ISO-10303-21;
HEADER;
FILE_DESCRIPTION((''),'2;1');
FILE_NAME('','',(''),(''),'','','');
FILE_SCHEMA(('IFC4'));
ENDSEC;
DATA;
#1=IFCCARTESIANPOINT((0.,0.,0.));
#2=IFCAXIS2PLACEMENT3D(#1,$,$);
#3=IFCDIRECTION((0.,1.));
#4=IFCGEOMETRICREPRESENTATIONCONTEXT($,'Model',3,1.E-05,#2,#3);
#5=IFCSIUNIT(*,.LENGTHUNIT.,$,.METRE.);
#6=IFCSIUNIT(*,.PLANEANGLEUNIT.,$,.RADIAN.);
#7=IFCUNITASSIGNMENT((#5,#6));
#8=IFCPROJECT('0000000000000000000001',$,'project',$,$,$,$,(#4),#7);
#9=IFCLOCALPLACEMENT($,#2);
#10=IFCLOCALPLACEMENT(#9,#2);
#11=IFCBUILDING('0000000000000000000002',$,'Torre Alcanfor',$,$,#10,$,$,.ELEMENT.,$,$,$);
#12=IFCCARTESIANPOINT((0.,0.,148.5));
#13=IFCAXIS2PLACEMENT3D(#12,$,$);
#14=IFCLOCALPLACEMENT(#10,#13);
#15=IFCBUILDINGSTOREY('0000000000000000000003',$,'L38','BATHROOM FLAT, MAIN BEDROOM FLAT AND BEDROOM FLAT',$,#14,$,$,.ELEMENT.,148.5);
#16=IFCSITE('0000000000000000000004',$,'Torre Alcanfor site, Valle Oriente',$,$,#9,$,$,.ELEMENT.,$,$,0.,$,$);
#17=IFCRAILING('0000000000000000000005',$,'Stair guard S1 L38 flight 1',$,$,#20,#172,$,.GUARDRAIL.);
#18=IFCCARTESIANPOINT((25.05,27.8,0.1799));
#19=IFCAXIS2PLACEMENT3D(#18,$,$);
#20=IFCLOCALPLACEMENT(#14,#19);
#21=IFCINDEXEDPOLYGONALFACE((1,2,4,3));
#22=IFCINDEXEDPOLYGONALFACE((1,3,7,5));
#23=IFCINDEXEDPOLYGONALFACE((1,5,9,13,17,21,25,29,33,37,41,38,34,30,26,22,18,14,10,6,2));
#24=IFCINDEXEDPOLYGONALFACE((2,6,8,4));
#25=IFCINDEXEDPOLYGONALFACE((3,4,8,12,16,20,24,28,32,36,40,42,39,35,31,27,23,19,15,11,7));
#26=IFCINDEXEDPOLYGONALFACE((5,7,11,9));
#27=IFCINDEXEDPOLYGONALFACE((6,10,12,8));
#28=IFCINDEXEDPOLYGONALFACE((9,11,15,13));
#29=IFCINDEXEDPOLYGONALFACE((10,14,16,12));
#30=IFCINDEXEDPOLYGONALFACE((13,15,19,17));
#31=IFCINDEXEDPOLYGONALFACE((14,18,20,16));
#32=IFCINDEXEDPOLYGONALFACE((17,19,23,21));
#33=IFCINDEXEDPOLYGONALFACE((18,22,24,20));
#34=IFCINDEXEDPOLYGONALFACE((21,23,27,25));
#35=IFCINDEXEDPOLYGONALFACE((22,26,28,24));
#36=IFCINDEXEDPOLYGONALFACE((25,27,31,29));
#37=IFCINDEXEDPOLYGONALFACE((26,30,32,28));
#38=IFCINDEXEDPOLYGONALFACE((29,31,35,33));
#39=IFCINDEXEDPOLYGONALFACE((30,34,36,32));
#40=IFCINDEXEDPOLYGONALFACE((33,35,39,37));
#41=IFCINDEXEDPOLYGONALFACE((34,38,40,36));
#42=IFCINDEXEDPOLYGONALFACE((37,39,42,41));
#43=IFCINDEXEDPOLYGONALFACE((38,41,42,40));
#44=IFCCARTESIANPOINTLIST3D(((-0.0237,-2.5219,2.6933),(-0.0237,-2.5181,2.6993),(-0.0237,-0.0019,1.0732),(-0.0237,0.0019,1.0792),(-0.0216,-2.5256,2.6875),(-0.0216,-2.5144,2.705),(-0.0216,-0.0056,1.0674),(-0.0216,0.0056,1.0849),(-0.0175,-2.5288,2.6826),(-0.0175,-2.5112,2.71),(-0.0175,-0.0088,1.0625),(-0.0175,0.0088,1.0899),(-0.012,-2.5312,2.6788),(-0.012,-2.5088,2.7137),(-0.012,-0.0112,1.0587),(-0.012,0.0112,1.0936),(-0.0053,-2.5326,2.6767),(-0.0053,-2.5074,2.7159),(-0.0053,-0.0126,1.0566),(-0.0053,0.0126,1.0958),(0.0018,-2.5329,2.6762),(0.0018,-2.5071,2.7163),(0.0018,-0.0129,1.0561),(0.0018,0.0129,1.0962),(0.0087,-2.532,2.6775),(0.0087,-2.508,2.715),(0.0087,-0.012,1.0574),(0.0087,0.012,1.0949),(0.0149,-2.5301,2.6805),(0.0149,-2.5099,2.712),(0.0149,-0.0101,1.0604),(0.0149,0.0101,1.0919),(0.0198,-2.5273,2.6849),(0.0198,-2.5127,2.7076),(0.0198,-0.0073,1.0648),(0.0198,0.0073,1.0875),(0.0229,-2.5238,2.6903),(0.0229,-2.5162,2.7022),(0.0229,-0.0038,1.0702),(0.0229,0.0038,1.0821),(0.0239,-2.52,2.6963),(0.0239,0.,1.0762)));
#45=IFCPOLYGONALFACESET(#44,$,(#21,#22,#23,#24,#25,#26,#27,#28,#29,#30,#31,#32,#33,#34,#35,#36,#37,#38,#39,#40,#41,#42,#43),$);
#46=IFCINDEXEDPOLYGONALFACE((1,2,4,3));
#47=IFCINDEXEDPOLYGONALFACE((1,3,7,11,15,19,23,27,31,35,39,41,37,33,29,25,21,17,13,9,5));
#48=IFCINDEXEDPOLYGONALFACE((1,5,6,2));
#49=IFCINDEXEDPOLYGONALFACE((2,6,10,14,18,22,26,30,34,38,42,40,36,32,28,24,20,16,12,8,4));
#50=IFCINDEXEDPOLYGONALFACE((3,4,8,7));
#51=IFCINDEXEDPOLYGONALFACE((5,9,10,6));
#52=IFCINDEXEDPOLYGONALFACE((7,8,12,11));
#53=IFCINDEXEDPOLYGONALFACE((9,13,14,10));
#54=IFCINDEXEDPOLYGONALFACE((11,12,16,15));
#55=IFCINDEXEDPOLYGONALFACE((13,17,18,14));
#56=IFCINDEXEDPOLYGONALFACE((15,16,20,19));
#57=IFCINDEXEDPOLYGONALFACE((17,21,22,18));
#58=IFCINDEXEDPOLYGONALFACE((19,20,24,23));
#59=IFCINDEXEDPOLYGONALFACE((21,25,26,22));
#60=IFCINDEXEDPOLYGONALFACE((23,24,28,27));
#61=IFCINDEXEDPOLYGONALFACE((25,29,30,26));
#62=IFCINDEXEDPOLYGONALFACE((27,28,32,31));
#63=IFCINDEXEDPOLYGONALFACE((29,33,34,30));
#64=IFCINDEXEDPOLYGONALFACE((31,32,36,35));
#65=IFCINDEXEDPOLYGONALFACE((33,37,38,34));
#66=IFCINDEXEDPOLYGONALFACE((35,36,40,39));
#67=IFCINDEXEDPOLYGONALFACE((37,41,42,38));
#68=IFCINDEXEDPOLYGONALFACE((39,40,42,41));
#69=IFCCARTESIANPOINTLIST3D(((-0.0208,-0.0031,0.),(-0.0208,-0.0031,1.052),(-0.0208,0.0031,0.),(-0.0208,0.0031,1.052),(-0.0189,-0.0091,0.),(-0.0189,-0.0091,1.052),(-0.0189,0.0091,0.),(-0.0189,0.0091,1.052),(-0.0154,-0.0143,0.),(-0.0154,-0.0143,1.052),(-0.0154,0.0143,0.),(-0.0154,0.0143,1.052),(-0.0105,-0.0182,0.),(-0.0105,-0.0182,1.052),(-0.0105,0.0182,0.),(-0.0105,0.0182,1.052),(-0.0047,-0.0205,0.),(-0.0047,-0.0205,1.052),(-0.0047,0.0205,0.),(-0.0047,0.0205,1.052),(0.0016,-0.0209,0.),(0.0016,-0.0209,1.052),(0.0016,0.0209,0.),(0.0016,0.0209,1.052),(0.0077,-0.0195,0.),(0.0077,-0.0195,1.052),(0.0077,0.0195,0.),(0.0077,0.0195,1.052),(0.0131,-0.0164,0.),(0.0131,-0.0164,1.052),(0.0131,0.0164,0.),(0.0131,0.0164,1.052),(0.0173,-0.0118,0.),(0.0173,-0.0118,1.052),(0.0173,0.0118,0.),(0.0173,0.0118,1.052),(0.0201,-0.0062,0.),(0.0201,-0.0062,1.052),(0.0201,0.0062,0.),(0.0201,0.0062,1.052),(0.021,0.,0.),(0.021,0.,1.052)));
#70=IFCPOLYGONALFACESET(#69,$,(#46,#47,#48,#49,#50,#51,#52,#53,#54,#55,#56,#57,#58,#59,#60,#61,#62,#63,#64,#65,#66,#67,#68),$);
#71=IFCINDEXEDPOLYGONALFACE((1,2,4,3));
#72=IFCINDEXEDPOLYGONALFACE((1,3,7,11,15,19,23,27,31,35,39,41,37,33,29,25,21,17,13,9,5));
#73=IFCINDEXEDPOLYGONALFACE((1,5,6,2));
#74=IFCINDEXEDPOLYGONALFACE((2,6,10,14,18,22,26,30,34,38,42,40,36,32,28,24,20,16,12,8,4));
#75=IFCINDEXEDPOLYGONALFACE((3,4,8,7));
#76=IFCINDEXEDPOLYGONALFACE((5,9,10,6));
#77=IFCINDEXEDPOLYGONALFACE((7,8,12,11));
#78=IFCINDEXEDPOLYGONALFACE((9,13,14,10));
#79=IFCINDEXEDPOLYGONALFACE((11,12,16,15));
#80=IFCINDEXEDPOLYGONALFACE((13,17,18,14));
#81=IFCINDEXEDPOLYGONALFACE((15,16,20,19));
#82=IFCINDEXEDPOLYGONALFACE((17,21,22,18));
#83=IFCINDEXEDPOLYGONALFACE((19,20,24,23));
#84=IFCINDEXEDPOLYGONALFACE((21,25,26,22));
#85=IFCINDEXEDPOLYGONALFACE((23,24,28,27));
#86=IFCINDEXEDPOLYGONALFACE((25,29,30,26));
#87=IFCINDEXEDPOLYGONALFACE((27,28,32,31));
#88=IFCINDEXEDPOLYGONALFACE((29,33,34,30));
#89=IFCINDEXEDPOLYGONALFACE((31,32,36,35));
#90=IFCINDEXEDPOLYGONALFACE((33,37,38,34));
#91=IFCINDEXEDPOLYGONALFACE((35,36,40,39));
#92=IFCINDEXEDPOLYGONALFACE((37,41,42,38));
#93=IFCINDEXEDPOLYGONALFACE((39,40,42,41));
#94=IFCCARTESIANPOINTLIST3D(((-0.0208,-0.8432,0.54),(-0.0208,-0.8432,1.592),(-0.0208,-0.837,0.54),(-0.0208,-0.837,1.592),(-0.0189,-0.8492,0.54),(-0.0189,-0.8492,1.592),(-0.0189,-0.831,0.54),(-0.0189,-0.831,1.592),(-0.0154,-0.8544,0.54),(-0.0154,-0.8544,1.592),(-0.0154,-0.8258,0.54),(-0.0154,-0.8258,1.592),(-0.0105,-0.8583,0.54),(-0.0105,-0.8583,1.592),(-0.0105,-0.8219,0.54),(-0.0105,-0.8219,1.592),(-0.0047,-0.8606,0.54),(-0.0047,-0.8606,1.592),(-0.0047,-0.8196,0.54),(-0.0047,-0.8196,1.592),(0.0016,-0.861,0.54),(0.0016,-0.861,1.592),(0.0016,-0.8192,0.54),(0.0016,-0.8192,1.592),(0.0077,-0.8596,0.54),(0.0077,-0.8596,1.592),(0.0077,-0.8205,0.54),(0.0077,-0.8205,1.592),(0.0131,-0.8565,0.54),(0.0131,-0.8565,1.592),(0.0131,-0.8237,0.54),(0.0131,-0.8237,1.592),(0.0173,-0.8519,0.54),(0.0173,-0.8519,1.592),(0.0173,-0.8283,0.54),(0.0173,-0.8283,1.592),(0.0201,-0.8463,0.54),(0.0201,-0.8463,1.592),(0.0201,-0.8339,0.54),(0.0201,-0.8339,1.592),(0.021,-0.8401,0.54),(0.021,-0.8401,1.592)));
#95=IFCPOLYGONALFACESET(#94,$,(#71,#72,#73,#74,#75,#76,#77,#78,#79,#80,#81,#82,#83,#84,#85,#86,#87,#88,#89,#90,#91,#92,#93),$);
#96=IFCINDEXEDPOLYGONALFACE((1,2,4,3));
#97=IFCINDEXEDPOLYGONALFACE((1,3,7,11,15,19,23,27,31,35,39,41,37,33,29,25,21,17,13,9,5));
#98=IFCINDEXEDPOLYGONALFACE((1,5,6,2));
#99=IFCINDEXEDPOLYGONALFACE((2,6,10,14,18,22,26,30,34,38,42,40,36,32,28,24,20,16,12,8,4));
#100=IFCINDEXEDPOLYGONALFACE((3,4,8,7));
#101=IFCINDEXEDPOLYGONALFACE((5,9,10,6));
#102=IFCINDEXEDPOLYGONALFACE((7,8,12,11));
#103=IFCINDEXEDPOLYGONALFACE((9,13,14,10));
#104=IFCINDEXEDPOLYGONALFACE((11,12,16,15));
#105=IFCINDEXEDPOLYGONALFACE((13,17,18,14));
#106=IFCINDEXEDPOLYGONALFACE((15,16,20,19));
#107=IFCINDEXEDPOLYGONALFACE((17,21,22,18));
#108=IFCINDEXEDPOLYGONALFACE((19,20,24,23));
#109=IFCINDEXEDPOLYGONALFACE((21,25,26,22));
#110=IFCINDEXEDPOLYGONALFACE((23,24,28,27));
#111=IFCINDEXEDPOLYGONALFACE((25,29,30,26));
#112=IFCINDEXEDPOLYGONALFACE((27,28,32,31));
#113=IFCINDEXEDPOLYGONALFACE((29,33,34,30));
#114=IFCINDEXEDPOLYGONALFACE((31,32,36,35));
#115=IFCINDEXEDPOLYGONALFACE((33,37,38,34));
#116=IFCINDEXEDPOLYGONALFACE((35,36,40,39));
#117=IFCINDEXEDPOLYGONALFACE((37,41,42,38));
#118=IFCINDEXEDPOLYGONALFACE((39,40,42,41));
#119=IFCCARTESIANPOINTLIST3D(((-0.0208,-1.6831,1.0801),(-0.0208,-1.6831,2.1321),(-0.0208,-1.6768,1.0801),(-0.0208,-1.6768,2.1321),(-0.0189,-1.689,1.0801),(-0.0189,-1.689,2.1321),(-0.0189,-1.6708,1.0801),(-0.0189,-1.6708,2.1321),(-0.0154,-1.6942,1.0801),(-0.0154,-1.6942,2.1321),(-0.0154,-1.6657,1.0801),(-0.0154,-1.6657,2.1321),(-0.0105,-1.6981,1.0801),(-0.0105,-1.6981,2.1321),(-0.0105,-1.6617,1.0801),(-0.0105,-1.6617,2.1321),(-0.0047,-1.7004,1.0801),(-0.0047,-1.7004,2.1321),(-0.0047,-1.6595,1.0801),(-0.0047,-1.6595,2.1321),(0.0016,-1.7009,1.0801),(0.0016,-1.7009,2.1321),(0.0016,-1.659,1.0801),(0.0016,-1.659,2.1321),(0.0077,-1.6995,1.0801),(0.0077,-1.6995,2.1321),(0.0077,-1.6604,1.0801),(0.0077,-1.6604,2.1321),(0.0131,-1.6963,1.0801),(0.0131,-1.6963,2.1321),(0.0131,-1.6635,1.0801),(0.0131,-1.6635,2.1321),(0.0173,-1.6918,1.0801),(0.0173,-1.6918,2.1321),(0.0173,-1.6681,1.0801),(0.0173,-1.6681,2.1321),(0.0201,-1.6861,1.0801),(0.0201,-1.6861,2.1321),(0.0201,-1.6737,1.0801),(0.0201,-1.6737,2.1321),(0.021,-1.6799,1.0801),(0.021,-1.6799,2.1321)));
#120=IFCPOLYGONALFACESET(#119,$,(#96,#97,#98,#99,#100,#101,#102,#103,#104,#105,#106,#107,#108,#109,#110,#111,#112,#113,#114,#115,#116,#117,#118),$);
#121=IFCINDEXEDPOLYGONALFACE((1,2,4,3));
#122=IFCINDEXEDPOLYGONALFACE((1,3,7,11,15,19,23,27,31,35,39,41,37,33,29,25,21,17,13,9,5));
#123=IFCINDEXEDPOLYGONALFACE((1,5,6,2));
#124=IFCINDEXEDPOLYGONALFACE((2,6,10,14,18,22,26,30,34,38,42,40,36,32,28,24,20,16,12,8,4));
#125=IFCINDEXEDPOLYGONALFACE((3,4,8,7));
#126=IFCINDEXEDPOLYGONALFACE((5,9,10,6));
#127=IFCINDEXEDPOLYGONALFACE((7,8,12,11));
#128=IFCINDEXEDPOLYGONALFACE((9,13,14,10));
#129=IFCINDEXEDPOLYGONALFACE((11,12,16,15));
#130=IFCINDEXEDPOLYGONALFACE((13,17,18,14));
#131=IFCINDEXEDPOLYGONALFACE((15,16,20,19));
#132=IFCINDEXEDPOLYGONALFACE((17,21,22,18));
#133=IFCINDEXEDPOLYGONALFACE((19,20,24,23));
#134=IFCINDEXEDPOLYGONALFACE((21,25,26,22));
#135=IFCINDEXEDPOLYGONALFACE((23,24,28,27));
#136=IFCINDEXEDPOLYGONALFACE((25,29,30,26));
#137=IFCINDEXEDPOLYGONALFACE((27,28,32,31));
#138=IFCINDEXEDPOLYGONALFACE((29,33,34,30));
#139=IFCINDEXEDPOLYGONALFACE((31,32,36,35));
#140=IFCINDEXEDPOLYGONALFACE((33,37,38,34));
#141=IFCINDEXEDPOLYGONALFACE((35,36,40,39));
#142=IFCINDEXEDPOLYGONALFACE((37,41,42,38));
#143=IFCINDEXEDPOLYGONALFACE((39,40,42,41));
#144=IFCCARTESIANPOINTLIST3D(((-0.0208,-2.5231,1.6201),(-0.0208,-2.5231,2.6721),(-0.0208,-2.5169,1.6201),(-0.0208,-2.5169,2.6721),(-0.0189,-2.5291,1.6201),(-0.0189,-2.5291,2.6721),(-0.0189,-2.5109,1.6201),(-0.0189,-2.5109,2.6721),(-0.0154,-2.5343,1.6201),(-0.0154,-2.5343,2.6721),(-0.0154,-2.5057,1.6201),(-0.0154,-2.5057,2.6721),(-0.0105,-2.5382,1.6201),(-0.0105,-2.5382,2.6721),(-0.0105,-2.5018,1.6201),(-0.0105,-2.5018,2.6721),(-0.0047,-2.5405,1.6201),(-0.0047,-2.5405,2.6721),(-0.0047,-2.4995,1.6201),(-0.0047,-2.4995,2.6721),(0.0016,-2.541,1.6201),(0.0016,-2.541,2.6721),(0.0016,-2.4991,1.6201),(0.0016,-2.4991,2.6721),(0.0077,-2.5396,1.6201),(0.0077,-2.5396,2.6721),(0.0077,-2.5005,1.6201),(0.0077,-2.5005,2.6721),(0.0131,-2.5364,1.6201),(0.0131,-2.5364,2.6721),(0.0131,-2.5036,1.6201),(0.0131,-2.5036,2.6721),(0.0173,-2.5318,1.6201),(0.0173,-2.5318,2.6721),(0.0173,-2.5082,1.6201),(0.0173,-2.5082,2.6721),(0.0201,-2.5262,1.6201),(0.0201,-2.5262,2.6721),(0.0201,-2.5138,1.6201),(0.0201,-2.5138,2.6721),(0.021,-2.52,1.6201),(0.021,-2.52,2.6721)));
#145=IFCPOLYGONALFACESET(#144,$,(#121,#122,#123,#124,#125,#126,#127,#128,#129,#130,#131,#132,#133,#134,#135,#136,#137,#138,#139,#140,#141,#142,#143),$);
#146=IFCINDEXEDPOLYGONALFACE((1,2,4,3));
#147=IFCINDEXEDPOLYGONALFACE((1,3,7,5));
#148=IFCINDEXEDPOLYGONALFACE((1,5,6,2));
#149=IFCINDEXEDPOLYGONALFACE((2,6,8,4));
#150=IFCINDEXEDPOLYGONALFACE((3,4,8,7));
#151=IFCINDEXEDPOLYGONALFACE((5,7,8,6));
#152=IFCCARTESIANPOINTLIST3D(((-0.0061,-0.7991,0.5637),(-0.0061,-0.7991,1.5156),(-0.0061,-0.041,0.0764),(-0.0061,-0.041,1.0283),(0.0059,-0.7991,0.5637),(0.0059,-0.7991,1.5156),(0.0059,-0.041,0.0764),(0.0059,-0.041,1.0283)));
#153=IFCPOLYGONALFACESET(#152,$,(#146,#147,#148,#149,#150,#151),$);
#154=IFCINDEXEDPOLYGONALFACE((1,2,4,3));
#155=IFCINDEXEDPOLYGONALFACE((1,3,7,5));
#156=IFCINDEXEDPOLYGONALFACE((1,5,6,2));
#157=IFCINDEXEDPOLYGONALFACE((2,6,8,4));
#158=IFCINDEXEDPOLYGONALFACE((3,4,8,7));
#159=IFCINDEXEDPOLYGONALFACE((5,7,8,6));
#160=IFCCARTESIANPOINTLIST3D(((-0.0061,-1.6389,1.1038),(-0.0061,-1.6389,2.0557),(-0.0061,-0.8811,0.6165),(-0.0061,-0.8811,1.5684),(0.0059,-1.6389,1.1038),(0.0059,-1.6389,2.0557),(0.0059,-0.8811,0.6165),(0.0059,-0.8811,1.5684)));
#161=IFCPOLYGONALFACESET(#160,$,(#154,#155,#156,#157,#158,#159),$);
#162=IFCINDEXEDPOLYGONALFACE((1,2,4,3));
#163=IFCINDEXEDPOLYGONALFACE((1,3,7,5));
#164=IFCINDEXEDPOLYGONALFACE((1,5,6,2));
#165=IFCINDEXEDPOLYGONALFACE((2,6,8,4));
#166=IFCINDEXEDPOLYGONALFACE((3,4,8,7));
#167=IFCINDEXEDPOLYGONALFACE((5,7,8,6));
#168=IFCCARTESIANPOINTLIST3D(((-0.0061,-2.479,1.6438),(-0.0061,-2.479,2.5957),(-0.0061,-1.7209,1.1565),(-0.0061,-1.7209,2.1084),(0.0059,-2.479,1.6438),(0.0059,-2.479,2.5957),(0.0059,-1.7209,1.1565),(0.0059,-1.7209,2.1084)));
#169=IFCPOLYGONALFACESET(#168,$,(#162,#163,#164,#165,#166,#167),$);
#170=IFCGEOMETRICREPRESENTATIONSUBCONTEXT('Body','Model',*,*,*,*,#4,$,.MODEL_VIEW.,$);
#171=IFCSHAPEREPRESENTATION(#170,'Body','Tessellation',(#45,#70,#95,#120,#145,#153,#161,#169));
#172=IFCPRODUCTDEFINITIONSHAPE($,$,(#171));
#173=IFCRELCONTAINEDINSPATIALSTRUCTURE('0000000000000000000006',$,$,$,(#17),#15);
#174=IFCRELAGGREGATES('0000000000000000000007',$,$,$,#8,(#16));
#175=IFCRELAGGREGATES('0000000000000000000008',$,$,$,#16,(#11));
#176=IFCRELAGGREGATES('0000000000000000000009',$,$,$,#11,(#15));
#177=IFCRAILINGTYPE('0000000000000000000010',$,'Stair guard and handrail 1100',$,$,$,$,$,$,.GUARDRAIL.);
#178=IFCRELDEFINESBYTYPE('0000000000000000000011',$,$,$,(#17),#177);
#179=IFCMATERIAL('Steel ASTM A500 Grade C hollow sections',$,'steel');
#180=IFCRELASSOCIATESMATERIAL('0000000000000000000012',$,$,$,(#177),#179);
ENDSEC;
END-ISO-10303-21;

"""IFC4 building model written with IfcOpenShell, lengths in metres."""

from ifc_helpers import new_model, si_unit, direction, frame, origin, origin_2d, place, context, subcontext, project, spatial, polyline, circle, outline, extrude, material, type_object, element, save


model = new_model("IFC4")

# Units and contexts
model_context = context("Model", 3, precision=1e-05, world=origin(), true_north=direction((0.0, 1.0)))
body_context = subcontext(model_context, "Body", "Model", "MODEL_VIEW")
ifc_project = project(units=[si_unit("LENGTHUNIT", "METRE"), si_unit("PLANEANGLEUNIT", "RADIAN")], contexts=[model_context])

# Site, building, storey
site_placement = place(None, origin())
site = spatial("IfcSite", under=ifc_project, at=site_placement, Name="Torre Alcanfor site, Valle Oriente", CompositionType="ELEMENT", RefElevation=0.0)
building_placement = place(site_placement, origin())
building = spatial("IfcBuilding", under=site, at=building_placement, Name="Torre Alcanfor", CompositionType="ELEMENT")
storey_placement = place(building_placement, frame((0.0, 0.0, 148.5)))
storey = spatial("IfcBuildingStorey", under=building, at=storey_placement, Name="L38", Description="BATHROOM FLAT, MAIN BEDROOM FLAT AND BEDROOM FLAT", CompositionType="ELEMENT", Elevation=148.5)

# Railing
ifc_material_1 = material(Name="Steel ASTM A500 Grade C hollow sections", Category="steel")
railing_type_1 = type_object("IfcRailingType", Name="Stair guard and handrail 1100", PredefinedType="GUARDRAIL", material=ifc_material_1)
railing_1_placement = place(storey_placement, frame((25.05, 27.8, 0.1799)))
element("IfcRailing", 1, at=railing_1_placement, inside=storey, type_object=railing_type_1, Name="Stair guard S1 L38 flight 1", PredefinedType="GUARDRAIL", context=body_context, shape_type="SweptSolid", body=[
    extrude(circle(Radius=0.0239, at=origin_2d()), frame((0.0, 0.0, 1.0762), z_axis=(0.0, -0.841163, 0.540782), x_axis=(1.0, 0.0, 0.0)), (0.0, 0.0, 1.0), 2.9958),
    extrude(circle(Radius=0.021, at=origin_2d()), origin(), (0.0, 0.0, 1.0), 1.052),
    extrude(circle(Radius=0.021, at=origin_2d()), frame((0.0, -0.8401, 0.54)), (0.0, 0.0, 1.0), 1.052),
    extrude(circle(Radius=0.021, at=origin_2d()), frame((0.0, -1.6799, 1.0801)), (0.0, 0.0, 1.0), 1.052),
    extrude(circle(Radius=0.021, at=origin_2d()), frame((0.0, -2.52, 1.6201)), (0.0, 0.0, 1.0), 1.052),
    extrude(outline(polyline([(0.041, 0.0764), (0.7991, 0.5637), (0.7991, 1.5156), (0.041, 1.0283), (0.041, 0.0764)])), frame((0.0059, 0.0, 0.0), z_axis=(-1.0, 0.0, 0.0), x_axis=(0.0, -1.0, 0.0)), (0.0, 0.0, 1.0), 0.012),
    extrude(outline(polyline([(0.8811, 0.6165), (1.6389, 1.1038), (1.6389, 2.0557), (0.8811, 1.5684), (0.8811, 0.6165)])), frame((0.0059, 0.0, 0.0), z_axis=(-1.0, 0.0, 0.0), x_axis=(0.0, -1.0, 0.0)), (0.0, 0.0, 1.0), 0.012),
    extrude(outline(polyline([(1.7209, 1.1565), (2.479, 1.6438), (2.479, 2.5957), (1.7209, 2.1084), (1.7209, 1.1565)])), frame((0.0059, 0.0, 0.0), z_axis=(-1.0, 0.0, 0.0), x_axis=(0.0, -1.0, 0.0)), (0.0, 0.0, 1.0), 0.012),
])

save(model, "model.ifc")
